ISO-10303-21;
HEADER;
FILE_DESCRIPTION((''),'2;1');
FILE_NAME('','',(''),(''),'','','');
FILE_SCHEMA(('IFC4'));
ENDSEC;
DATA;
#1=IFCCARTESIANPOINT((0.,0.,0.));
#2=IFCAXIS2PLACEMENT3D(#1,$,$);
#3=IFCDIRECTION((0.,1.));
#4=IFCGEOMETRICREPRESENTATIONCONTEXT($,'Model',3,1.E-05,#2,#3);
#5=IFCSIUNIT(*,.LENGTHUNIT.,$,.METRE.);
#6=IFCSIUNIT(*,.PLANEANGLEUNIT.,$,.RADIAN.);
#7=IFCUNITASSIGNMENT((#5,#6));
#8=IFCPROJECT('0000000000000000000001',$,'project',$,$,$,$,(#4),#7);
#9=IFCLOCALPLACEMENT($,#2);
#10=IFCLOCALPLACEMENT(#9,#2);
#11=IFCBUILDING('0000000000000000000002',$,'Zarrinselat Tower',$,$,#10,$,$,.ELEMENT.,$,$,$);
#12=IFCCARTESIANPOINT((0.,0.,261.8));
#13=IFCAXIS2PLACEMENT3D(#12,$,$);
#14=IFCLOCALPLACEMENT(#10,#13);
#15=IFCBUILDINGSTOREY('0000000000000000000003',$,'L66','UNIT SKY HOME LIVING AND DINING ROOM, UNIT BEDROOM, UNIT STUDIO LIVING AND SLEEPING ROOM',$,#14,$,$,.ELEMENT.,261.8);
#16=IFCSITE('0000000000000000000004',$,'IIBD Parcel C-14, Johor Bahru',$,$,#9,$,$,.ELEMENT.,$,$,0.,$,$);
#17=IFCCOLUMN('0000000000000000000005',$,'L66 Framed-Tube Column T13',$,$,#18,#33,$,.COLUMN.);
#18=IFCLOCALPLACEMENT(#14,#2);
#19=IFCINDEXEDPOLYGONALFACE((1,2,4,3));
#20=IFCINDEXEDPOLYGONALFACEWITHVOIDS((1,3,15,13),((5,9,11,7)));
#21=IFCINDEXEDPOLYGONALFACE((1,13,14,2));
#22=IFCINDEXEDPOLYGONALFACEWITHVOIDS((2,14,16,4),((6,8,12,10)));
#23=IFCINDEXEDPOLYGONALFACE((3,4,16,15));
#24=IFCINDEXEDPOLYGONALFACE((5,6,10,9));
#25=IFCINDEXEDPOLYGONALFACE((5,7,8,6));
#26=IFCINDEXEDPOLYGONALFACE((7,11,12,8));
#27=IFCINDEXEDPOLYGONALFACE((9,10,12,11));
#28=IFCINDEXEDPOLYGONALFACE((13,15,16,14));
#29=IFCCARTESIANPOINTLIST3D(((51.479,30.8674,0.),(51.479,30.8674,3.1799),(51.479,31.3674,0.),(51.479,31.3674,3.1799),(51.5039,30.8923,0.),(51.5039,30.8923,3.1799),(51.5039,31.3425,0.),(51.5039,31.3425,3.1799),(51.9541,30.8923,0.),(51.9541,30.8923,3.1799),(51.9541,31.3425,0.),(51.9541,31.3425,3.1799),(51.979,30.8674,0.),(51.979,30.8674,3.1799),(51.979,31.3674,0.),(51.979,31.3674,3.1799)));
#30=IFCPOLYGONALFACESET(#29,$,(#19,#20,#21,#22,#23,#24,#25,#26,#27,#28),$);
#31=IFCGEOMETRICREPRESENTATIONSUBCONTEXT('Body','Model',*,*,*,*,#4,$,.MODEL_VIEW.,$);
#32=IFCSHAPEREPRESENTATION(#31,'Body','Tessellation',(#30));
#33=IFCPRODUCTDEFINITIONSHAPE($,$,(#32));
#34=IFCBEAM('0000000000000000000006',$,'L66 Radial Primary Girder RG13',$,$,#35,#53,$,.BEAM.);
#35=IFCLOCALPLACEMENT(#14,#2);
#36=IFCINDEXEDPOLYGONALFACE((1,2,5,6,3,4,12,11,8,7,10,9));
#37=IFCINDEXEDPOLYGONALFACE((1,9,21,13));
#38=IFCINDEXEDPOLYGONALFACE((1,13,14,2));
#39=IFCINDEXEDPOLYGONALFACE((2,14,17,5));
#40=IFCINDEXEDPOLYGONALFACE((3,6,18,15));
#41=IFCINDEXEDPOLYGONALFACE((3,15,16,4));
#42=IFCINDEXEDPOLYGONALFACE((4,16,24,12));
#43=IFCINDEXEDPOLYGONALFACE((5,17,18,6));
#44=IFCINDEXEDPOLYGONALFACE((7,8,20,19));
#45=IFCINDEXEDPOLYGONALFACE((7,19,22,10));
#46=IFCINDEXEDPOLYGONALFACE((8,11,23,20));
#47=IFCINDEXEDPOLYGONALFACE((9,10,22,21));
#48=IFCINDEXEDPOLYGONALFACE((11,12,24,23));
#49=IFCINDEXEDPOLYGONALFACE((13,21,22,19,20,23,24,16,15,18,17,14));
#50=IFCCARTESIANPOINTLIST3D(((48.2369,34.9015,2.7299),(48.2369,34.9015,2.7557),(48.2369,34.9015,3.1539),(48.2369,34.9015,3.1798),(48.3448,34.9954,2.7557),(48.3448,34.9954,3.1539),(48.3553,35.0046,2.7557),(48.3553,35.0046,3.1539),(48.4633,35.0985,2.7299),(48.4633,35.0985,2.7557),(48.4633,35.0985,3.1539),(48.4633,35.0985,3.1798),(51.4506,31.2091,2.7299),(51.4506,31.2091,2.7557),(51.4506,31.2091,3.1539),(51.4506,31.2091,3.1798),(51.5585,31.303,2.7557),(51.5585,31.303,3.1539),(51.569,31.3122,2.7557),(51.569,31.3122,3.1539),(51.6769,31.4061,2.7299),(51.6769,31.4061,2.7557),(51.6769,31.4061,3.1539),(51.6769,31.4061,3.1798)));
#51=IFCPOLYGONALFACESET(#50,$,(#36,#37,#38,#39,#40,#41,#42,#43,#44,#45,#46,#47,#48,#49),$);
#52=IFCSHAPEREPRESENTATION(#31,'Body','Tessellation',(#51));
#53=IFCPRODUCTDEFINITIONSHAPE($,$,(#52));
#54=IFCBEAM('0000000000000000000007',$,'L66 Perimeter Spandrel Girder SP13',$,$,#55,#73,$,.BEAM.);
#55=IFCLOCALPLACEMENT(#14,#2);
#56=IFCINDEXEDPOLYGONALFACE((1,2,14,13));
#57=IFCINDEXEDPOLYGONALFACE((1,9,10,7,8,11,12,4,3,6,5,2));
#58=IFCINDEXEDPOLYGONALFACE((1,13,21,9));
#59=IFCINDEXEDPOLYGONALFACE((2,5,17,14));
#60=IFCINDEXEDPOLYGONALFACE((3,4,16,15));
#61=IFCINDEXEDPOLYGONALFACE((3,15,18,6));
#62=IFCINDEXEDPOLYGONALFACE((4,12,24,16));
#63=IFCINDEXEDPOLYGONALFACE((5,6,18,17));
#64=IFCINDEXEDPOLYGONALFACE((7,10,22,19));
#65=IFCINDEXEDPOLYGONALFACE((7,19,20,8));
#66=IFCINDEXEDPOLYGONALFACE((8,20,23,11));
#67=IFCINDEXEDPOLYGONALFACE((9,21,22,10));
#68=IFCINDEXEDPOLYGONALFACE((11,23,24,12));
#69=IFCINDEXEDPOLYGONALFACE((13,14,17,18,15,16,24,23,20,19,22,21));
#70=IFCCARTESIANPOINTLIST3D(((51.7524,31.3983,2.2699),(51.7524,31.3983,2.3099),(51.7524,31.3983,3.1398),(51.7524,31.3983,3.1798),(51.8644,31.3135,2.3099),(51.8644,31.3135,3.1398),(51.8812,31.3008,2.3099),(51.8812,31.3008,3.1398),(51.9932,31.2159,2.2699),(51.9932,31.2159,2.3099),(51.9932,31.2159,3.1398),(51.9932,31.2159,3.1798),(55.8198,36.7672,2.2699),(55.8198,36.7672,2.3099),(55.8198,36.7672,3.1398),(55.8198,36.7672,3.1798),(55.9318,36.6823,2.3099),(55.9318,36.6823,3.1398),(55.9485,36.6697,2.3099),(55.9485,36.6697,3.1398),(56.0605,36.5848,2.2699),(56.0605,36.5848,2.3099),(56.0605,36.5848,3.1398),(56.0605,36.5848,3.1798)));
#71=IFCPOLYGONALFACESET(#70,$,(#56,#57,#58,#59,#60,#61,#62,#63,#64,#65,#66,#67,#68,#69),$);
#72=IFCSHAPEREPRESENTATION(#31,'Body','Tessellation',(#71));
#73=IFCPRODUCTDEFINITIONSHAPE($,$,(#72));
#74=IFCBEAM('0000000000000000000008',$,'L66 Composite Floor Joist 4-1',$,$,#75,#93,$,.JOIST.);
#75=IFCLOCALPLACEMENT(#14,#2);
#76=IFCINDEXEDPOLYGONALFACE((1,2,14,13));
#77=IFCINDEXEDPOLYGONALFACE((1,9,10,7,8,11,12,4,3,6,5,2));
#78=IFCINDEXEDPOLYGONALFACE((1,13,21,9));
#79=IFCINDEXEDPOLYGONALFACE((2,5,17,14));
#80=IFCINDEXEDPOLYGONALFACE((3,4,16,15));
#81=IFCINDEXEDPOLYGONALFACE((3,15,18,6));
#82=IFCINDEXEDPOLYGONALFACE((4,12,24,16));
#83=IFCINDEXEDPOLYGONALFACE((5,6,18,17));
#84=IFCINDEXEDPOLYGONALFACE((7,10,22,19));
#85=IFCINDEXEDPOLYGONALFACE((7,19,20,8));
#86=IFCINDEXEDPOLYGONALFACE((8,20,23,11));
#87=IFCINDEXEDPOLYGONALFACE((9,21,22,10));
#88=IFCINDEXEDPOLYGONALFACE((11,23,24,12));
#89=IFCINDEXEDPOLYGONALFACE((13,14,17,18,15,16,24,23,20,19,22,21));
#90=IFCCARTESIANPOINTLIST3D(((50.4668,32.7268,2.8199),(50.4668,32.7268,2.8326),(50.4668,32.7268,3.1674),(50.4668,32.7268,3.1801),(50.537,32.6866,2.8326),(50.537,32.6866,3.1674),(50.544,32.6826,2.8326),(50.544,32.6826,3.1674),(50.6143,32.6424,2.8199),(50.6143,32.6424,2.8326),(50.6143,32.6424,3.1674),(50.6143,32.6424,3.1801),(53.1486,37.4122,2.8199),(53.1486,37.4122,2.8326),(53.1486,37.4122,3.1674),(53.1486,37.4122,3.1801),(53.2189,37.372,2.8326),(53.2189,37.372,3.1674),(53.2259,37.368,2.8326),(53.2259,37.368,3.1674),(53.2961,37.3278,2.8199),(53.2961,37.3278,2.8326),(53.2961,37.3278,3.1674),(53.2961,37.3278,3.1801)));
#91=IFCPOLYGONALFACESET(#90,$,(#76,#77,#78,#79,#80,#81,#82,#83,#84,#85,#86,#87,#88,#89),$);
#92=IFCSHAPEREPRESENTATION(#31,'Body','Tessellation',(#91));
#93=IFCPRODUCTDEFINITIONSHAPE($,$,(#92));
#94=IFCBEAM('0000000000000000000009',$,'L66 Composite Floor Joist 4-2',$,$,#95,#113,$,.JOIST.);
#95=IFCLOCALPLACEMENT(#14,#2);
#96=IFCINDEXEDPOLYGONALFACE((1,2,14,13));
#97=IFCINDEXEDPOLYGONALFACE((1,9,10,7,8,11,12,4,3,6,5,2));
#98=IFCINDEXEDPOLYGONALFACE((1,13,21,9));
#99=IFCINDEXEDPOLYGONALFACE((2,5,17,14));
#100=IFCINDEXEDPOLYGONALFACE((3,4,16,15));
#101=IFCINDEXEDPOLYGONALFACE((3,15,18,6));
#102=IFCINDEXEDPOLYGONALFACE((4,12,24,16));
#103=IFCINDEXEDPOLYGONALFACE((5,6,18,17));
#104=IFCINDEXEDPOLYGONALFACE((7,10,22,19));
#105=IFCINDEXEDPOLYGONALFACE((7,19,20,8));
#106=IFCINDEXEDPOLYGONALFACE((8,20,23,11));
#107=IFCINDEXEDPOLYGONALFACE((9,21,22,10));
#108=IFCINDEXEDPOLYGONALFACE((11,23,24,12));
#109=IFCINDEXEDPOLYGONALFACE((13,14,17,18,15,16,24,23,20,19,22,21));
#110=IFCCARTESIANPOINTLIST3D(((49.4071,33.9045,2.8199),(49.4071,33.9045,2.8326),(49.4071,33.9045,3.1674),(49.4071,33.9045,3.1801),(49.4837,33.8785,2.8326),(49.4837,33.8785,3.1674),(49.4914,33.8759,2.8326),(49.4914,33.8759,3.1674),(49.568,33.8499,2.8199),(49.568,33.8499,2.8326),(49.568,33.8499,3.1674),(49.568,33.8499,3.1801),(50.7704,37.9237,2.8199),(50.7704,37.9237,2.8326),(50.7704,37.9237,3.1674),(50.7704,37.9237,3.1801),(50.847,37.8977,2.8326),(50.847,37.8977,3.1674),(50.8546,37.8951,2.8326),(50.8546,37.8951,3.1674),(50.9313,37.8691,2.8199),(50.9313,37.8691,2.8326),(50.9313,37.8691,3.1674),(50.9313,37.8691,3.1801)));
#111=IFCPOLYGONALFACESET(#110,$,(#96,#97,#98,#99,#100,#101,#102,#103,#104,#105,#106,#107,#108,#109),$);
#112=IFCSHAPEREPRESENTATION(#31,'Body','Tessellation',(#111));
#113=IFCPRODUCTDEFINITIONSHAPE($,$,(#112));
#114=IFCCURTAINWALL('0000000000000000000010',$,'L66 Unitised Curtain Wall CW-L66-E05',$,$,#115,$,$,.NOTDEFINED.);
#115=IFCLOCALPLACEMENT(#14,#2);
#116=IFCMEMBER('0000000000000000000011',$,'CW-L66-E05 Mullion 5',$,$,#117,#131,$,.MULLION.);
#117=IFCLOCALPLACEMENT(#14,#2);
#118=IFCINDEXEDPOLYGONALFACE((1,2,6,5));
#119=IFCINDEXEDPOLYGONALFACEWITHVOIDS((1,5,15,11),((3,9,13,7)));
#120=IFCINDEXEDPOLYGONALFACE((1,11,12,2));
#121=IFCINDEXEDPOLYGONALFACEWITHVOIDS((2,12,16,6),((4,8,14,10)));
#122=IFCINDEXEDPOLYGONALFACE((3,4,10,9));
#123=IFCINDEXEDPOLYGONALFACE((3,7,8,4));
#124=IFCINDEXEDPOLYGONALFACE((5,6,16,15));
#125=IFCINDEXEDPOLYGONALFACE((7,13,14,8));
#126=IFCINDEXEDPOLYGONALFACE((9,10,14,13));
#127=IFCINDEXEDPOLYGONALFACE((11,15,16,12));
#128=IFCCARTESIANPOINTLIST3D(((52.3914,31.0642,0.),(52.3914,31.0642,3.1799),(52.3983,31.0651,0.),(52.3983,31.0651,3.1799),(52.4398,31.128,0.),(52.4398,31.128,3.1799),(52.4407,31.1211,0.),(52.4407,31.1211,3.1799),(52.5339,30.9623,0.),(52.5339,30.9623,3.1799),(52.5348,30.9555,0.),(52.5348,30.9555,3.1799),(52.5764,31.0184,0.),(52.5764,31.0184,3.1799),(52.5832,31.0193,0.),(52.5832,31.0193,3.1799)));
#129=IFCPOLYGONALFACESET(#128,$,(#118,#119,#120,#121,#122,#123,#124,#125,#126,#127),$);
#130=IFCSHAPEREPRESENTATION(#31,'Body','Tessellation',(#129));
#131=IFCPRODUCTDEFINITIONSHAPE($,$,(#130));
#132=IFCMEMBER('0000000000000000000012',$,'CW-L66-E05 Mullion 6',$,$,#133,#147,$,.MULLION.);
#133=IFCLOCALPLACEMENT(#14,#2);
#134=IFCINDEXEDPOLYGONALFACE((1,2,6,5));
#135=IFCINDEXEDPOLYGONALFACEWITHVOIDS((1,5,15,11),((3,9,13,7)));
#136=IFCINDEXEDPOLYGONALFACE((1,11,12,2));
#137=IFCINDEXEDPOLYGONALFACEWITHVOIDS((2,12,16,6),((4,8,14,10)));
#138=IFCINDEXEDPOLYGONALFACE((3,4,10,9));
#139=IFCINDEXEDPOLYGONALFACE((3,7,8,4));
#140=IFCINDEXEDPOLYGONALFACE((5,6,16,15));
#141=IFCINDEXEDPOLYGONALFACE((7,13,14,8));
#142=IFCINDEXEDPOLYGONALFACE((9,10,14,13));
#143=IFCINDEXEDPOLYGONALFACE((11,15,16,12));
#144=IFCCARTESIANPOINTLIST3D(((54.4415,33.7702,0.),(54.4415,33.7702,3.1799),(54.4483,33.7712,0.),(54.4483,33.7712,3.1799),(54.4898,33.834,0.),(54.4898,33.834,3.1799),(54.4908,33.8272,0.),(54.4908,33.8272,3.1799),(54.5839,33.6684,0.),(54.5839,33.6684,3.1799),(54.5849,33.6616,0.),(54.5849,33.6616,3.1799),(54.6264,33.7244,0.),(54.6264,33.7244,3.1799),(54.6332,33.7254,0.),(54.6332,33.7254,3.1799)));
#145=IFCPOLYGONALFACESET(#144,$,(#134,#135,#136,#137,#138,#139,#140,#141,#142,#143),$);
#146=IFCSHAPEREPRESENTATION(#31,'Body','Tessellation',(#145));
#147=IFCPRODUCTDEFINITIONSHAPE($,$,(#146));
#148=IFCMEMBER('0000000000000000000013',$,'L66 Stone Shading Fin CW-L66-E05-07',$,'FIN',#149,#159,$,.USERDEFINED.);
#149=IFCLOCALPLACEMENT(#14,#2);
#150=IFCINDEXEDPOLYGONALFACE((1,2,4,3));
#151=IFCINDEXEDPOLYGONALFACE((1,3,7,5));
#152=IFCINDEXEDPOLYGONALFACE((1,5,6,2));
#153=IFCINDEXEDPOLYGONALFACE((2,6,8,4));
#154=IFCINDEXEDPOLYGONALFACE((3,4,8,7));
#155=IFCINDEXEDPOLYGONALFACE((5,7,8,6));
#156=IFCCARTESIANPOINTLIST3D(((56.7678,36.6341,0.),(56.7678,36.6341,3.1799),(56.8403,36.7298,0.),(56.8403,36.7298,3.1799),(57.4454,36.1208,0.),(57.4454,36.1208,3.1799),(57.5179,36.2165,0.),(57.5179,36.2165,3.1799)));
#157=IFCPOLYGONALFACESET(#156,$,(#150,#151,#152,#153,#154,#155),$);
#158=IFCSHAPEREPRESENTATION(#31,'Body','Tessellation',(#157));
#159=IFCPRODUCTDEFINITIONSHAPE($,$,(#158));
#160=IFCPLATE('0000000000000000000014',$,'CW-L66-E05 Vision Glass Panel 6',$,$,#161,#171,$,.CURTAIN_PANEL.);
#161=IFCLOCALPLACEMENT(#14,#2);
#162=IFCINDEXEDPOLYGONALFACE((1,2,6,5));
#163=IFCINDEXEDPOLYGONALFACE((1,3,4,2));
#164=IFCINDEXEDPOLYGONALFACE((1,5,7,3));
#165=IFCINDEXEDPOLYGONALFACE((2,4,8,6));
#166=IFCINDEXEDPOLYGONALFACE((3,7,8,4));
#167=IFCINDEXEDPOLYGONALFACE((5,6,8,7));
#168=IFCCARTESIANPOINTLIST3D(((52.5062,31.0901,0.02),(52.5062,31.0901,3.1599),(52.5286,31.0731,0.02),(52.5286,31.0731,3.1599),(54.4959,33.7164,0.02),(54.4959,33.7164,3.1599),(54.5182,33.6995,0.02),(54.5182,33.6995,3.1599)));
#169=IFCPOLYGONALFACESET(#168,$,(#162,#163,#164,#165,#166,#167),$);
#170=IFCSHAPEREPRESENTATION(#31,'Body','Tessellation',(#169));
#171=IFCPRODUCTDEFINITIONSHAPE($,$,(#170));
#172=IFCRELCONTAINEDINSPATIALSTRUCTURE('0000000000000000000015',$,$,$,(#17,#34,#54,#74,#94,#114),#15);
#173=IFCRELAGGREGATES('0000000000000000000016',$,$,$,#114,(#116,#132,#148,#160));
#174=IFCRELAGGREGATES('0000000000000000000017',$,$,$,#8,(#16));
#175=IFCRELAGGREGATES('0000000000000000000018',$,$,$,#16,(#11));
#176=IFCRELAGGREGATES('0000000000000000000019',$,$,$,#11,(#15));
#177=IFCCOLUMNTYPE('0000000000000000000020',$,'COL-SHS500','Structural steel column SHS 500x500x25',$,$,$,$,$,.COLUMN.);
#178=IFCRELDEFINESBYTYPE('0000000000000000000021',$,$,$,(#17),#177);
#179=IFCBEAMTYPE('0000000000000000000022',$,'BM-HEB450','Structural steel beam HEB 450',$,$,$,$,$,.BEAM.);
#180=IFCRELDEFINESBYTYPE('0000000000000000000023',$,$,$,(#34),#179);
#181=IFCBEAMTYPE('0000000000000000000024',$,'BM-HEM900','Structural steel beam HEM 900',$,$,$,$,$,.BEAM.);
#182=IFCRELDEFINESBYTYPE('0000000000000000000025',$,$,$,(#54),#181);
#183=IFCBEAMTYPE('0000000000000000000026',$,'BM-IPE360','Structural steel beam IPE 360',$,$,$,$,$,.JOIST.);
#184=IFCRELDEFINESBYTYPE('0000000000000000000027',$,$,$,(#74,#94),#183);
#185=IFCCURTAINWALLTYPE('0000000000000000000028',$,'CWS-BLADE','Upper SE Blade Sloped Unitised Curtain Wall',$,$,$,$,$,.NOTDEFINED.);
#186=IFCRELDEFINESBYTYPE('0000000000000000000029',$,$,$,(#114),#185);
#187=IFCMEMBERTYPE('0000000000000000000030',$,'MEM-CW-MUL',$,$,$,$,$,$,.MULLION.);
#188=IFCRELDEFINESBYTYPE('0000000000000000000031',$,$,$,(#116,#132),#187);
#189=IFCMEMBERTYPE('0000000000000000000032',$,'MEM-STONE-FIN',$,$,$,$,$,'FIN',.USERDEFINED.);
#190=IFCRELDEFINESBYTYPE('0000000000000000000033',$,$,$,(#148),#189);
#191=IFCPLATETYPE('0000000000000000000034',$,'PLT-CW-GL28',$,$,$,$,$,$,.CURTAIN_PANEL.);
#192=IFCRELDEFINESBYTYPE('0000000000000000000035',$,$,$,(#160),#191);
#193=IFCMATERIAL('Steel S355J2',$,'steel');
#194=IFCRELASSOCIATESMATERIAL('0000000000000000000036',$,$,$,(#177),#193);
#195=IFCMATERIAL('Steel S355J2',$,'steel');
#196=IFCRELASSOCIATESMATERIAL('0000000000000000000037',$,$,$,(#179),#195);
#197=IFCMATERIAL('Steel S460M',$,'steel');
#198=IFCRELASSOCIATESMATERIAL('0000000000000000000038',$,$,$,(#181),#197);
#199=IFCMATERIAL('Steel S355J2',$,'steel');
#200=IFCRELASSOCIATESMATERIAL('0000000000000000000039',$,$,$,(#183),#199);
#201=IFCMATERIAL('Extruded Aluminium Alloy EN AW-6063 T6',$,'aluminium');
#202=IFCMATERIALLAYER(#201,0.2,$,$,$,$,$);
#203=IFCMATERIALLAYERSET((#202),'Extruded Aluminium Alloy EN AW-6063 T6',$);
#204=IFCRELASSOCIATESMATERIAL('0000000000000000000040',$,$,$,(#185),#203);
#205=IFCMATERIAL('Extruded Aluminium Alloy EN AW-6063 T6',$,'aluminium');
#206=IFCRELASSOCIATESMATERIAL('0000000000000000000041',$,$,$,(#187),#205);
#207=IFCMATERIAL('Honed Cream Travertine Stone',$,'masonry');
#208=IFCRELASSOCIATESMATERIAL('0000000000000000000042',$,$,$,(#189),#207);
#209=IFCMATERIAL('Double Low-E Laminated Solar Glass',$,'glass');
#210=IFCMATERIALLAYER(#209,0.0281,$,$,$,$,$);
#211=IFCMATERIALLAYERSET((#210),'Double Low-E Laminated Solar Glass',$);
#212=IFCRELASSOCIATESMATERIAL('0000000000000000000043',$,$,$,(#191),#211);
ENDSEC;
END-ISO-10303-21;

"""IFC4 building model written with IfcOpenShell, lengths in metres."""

from ifc_helpers import new_model, si_unit, direction, frame, origin, origin_2d, place, context, subcontext, project, spatial, rectangle, hollow_rectangle, i_section, extrude, material, layer, layer_set, material_profile, profile_set, type_object, element, aggregate, save


model = new_model("IFC4")

# Units and contexts
model_context = context("Model", 3, precision=1e-05, world=origin(), true_north=direction((0.0, 1.0)))
body_context = subcontext(model_context, "Body", "Model", "MODEL_VIEW")
ifc_project = project(units=[si_unit("LENGTHUNIT", "METRE"), si_unit("PLANEANGLEUNIT", "RADIAN")], contexts=[model_context])

# Site, building, storey
site_placement = place(None, origin())
site = spatial("IfcSite", under=ifc_project, at=site_placement, Name="IIBD Parcel C-14, Johor Bahru", CompositionType="ELEMENT", RefElevation=0.0)
building_placement = place(site_placement, origin())
building = spatial("IfcBuilding", under=site, at=building_placement, Name="Zarrinselat Tower", CompositionType="ELEMENT")
storey_placement = place(building_placement, frame((0.0, 0.0, 261.8)))
storey = spatial("IfcBuildingStorey", under=building, at=storey_placement, Name="L66", Description="UNIT SKY HOME LIVING AND DINING ROOM, UNIT BEDROOM, UNIT STUDIO LIVING AND SLEEPING ROOM", CompositionType="ELEMENT", Elevation=261.8)

# Column
ifc_material_1 = material(Name="Steel S355J2", Category="steel")
ifc_material_profile_1 = material_profile(ifc_material_1, hollow_rectangle(XDim=0.5, YDim=0.5, WallThickness=0.0249, at=origin_2d()), Name="SHS 500x500x25")
ifc_profile_set_1 = profile_set([ifc_material_profile_1], Name="Steel S355J2")
column_type = type_object("IfcColumnType", Name="COL-SHS500", Description="Structural steel column SHS 500x500x25", PredefinedType="COLUMN", material=ifc_profile_set_1)
column_placement = place(storey_placement, frame((51.729, 31.1174, 0.0), z_axis=(0.0, 0.0, 1.0), x_axis=(1.0, 0.0, 0.0)))
element("IfcColumn", 1, at=column_placement, inside=storey, type_object=column_type, Name="L66 Framed-Tube Column T13", PredefinedType="COLUMN", context=body_context, shape_type="SweptSolid", body=[
    extrude(hollow_rectangle(XDim=0.5, YDim=0.5, WallThickness=0.0249, at=origin_2d()), origin(), (0.0, 0.0, 1.0), 3.1799),
])

# Beams
ifc_material_2 = material(Name="Steel S355J2", Category="steel")
ifc_material_profile_2 = material_profile(ifc_material_2, i_section(OverallWidth=0.3, OverallDepth=0.45, WebThickness=0.0139, FlangeThickness=0.0259, at=origin_2d()), Name="HEB 450")
ifc_profile_set_2 = profile_set([ifc_material_profile_2], Name="Steel S355J2")
beam_type_1 = type_object("IfcBeamType", Name="BM-HEB450", Description="Structural steel beam HEB 450", PredefinedType="BEAM", material=ifc_profile_set_2)
beam_1_placement = place(storey_placement, frame((48.3501, 35.0, 2.9548), z_axis=(0.656511, -0.754317, 0.0), x_axis=(0.754317, 0.656511, 0.0)))
element("IfcBeam", 2, at=beam_1_placement, inside=storey, type_object=beam_type_1, Name="L66 Radial Primary Girder RG13", PredefinedType="BEAM", context=body_context, shape_type="SweptSolid", body=[
    extrude(i_section(OverallWidth=0.3, OverallDepth=0.45, WebThickness=0.0139, FlangeThickness=0.0259, at=origin_2d()), origin(), (0.0, 0.0, 1.0), 4.895),
])
ifc_material_3 = material(Name="Steel S460M", Category="steel")
ifc_material_profile_3 = material_profile(ifc_material_3, i_section(OverallWidth=0.302, OverallDepth=0.9099, WebThickness=0.021, FlangeThickness=0.04, at=origin_2d()), Name="HEM 900")
ifc_profile_set_3 = profile_set([ifc_material_profile_3], Name="Steel S460M")
beam_type_2 = type_object("IfcBeamType", Name="BM-HEM900", Description="Structural steel beam HEM 900", PredefinedType="BEAM", material=ifc_profile_set_3)
beam_2_placement = place(storey_placement, frame((51.8728, 31.3071, 2.7249), z_axis=(0.603861, 0.79709, 0.0), x_axis=(-0.79709, 0.603861, 0.0)))
element("IfcBeam", 3, at=beam_2_placement, inside=storey, type_object=beam_type_2, Name="L66 Perimeter Spandrel Girder SP13", PredefinedType="BEAM", context=body_context, shape_type="SweptSolid", body=[
    extrude(i_section(OverallWidth=0.302, OverallDepth=0.9099, WebThickness=0.021, FlangeThickness=0.04, at=origin_2d()), origin(), (0.0, 0.0, 1.0), 6.7356),
])
ifc_material_4 = material(Name="Steel S355J2", Category="steel")
ifc_material_profile_4 = material_profile(ifc_material_4, i_section(OverallWidth=0.1699, OverallDepth=0.3601, WebThickness=0.0081, FlangeThickness=0.0127, at=origin_2d()), Name="IPE 360")
ifc_profile_set_4 = profile_set([ifc_material_profile_4], Name="Steel S355J2")
beam_type_3 = type_object("IfcBeamType", Name="BM-IPE360", Description="Structural steel beam IPE 360", PredefinedType="JOIST", material=ifc_profile_set_4)
beam_3_placement = place(storey_placement, frame((50.5405, 32.6846, 3.0), z_axis=(0.496757, 0.867889, 0.0), x_axis=(-0.867889, 0.496757, 0.0)))
element("IfcBeam", 4, at=beam_3_placement, inside=storey, type_object=beam_type_3, Name="L66 Composite Floor Joist 4-1", PredefinedType="JOIST", context=body_context, shape_type="SweptSolid", body=[
    extrude(i_section(OverallWidth=0.1699, OverallDepth=0.3601, WebThickness=0.0081, FlangeThickness=0.0127, at=origin_2d()), origin(), (0.0, 0.0, 1.0), 5.3987),
])
beam_4_placement = place(storey_placement, frame((49.4875, 33.8772, 3.0), z_axis=(0.321211, 0.947008, 0.0), x_axis=(-0.947008, 0.321211, 0.0)))
element("IfcBeam", 5, at=beam_4_placement, inside=storey, type_object=beam_type_3, Name="L66 Composite Floor Joist 4-2", PredefinedType="JOIST", context=body_context, shape_type="SweptSolid", body=[
    extrude(i_section(OverallWidth=0.1699, OverallDepth=0.3601, WebThickness=0.0081, FlangeThickness=0.0127, at=origin_2d()), origin(), (0.0, 0.0, 1.0), 4.2441),
])

# Curtain wall, members, plate
ifc_material_5 = material(Name="Extruded Aluminium Alloy EN AW-6063 T6", Category="aluminium")
ifc_layer_1 = layer(ifc_material_5, 0.2)
ifc_layer_set_1 = layer_set([ifc_layer_1], Name="Extruded Aluminium Alloy EN AW-6063 T6")
curtain_wall_type = type_object("IfcCurtainWallType", Name="CWS-BLADE", Description="Upper SE Blade Sloped Unitised Curtain Wall", PredefinedType="NOTDEFINED", material=ifc_layer_set_1)
curtain_wall_placement = place(storey_placement, origin())
curtain_wall = element("IfcCurtainWall", 6, at=curtain_wall_placement, inside=storey, type_object=curtain_wall_type, Name="L66 Unitised Curtain Wall CW-L66-E05", PredefinedType="NOTDEFINED")
ifc_material_6 = material(Name="Extruded Aluminium Alloy EN AW-6063 T6", Category="aluminium")
ifc_material_profile_5 = material_profile(ifc_material_6, hollow_rectangle(XDim=0.0801, YDim=0.1799, WallThickness=0.0049, at=origin_2d()), Name="RHS 180x80x5")
ifc_profile_set_5 = profile_set([ifc_material_profile_5], Name="Extruded Aluminium Alloy EN AW-6063 T6")
member_type_1 = type_object("IfcMemberType", Name="MEM-CW-MUL", PredefinedType="MULLION", material=ifc_profile_set_5)
member_1_placement = place(storey_placement, frame((52.4873, 31.0417, 0.0), z_axis=(0.0, 0.0, 1.0), x_axis=(0.60386, 0.797091, 0.0)))
member_1 = element("IfcMember", 7, at=member_1_placement, type_object=member_type_1, Name="CW-L66-E05 Mullion 5", PredefinedType="MULLION", context=body_context, shape_type="SweptSolid", body=[
    extrude(hollow_rectangle(XDim=0.0801, YDim=0.1799, WallThickness=0.0049, at=origin_2d()), origin(), (0.0, 0.0, 1.0), 3.1799),
])
member_2_placement = place(storey_placement, frame((54.5374, 33.7478, 0.0), z_axis=(0.0, 0.0, 1.0), x_axis=(0.60386, 0.797091, 0.0)))
member_2 = element("IfcMember", 8, at=member_2_placement, type_object=member_type_1, Name="CW-L66-E05 Mullion 6", PredefinedType="MULLION", context=body_context, shape_type="SweptSolid", body=[
    extrude(hollow_rectangle(XDim=0.0801, YDim=0.1799, WallThickness=0.0049, at=origin_2d()), origin(), (0.0, 0.0, 1.0), 3.1799),
])
ifc_material_7 = material(Name="Honed Cream Travertine Stone", Category="masonry")
ifc_material_profile_6 = material_profile(ifc_material_7, rectangle(XDim=0.1201, YDim=0.8501, at=origin_2d()), Name="FIN 850x120")
ifc_profile_set_6 = profile_set([ifc_material_profile_6], Name="Honed Cream Travertine Stone")
member_type_2 = type_object("IfcMemberType", Name="MEM-STONE-FIN", ElementType="FIN", PredefinedType="USERDEFINED", material=ifc_profile_set_6)
member_3_placement = place(storey_placement, frame((57.1428, 36.4253, 0.0), z_axis=(0.0, 0.0, 1.0), x_axis=(-0.60386, -0.797091, 0.0)))
member_3 = element("IfcMember", 9, at=member_3_placement, type_object=member_type_2, Name="L66 Stone Shading Fin CW-L66-E05-07", ObjectType="FIN", PredefinedType="USERDEFINED", context=body_context, shape_type="SweptSolid", body=[
    extrude(rectangle(XDim=0.1201, YDim=0.8501, at=origin_2d()), origin(), (0.0, 0.0, 1.0), 3.1799),
])
ifc_material_8 = material(Name="Double Low-E Laminated Solar Glass", Category="glass")
ifc_layer_2 = layer(ifc_material_8, 0.0281)
ifc_layer_set_2 = layer_set([ifc_layer_2], Name="Double Low-E Laminated Solar Glass")
plate_type = type_object("IfcPlateType", Name="PLT-CW-GL28", PredefinedType="CURTAIN_PANEL", material=ifc_layer_set_2)
plate_1_placement = place(storey_placement, frame((53.5122, 32.3948, 0.02), z_axis=(0.0, 0.0, 1.0), x_axis=(0.60386, 0.797091, 0.0)))
plate_1 = element("IfcPlate", 10, at=plate_1_placement, type_object=plate_type, Name="CW-L66-E05 Vision Glass Panel 6", PredefinedType="CURTAIN_PANEL", context=body_context, shape_type="SweptSolid", body=[
    extrude(rectangle(XDim=3.2949, YDim=0.0281, at=origin_2d()), origin(), (0.0, 0.0, 1.0), 3.1399),
])
aggregate(curtain_wall, [member_1, member_2, member_3, plate_1])

save(model, "model.ifc")
